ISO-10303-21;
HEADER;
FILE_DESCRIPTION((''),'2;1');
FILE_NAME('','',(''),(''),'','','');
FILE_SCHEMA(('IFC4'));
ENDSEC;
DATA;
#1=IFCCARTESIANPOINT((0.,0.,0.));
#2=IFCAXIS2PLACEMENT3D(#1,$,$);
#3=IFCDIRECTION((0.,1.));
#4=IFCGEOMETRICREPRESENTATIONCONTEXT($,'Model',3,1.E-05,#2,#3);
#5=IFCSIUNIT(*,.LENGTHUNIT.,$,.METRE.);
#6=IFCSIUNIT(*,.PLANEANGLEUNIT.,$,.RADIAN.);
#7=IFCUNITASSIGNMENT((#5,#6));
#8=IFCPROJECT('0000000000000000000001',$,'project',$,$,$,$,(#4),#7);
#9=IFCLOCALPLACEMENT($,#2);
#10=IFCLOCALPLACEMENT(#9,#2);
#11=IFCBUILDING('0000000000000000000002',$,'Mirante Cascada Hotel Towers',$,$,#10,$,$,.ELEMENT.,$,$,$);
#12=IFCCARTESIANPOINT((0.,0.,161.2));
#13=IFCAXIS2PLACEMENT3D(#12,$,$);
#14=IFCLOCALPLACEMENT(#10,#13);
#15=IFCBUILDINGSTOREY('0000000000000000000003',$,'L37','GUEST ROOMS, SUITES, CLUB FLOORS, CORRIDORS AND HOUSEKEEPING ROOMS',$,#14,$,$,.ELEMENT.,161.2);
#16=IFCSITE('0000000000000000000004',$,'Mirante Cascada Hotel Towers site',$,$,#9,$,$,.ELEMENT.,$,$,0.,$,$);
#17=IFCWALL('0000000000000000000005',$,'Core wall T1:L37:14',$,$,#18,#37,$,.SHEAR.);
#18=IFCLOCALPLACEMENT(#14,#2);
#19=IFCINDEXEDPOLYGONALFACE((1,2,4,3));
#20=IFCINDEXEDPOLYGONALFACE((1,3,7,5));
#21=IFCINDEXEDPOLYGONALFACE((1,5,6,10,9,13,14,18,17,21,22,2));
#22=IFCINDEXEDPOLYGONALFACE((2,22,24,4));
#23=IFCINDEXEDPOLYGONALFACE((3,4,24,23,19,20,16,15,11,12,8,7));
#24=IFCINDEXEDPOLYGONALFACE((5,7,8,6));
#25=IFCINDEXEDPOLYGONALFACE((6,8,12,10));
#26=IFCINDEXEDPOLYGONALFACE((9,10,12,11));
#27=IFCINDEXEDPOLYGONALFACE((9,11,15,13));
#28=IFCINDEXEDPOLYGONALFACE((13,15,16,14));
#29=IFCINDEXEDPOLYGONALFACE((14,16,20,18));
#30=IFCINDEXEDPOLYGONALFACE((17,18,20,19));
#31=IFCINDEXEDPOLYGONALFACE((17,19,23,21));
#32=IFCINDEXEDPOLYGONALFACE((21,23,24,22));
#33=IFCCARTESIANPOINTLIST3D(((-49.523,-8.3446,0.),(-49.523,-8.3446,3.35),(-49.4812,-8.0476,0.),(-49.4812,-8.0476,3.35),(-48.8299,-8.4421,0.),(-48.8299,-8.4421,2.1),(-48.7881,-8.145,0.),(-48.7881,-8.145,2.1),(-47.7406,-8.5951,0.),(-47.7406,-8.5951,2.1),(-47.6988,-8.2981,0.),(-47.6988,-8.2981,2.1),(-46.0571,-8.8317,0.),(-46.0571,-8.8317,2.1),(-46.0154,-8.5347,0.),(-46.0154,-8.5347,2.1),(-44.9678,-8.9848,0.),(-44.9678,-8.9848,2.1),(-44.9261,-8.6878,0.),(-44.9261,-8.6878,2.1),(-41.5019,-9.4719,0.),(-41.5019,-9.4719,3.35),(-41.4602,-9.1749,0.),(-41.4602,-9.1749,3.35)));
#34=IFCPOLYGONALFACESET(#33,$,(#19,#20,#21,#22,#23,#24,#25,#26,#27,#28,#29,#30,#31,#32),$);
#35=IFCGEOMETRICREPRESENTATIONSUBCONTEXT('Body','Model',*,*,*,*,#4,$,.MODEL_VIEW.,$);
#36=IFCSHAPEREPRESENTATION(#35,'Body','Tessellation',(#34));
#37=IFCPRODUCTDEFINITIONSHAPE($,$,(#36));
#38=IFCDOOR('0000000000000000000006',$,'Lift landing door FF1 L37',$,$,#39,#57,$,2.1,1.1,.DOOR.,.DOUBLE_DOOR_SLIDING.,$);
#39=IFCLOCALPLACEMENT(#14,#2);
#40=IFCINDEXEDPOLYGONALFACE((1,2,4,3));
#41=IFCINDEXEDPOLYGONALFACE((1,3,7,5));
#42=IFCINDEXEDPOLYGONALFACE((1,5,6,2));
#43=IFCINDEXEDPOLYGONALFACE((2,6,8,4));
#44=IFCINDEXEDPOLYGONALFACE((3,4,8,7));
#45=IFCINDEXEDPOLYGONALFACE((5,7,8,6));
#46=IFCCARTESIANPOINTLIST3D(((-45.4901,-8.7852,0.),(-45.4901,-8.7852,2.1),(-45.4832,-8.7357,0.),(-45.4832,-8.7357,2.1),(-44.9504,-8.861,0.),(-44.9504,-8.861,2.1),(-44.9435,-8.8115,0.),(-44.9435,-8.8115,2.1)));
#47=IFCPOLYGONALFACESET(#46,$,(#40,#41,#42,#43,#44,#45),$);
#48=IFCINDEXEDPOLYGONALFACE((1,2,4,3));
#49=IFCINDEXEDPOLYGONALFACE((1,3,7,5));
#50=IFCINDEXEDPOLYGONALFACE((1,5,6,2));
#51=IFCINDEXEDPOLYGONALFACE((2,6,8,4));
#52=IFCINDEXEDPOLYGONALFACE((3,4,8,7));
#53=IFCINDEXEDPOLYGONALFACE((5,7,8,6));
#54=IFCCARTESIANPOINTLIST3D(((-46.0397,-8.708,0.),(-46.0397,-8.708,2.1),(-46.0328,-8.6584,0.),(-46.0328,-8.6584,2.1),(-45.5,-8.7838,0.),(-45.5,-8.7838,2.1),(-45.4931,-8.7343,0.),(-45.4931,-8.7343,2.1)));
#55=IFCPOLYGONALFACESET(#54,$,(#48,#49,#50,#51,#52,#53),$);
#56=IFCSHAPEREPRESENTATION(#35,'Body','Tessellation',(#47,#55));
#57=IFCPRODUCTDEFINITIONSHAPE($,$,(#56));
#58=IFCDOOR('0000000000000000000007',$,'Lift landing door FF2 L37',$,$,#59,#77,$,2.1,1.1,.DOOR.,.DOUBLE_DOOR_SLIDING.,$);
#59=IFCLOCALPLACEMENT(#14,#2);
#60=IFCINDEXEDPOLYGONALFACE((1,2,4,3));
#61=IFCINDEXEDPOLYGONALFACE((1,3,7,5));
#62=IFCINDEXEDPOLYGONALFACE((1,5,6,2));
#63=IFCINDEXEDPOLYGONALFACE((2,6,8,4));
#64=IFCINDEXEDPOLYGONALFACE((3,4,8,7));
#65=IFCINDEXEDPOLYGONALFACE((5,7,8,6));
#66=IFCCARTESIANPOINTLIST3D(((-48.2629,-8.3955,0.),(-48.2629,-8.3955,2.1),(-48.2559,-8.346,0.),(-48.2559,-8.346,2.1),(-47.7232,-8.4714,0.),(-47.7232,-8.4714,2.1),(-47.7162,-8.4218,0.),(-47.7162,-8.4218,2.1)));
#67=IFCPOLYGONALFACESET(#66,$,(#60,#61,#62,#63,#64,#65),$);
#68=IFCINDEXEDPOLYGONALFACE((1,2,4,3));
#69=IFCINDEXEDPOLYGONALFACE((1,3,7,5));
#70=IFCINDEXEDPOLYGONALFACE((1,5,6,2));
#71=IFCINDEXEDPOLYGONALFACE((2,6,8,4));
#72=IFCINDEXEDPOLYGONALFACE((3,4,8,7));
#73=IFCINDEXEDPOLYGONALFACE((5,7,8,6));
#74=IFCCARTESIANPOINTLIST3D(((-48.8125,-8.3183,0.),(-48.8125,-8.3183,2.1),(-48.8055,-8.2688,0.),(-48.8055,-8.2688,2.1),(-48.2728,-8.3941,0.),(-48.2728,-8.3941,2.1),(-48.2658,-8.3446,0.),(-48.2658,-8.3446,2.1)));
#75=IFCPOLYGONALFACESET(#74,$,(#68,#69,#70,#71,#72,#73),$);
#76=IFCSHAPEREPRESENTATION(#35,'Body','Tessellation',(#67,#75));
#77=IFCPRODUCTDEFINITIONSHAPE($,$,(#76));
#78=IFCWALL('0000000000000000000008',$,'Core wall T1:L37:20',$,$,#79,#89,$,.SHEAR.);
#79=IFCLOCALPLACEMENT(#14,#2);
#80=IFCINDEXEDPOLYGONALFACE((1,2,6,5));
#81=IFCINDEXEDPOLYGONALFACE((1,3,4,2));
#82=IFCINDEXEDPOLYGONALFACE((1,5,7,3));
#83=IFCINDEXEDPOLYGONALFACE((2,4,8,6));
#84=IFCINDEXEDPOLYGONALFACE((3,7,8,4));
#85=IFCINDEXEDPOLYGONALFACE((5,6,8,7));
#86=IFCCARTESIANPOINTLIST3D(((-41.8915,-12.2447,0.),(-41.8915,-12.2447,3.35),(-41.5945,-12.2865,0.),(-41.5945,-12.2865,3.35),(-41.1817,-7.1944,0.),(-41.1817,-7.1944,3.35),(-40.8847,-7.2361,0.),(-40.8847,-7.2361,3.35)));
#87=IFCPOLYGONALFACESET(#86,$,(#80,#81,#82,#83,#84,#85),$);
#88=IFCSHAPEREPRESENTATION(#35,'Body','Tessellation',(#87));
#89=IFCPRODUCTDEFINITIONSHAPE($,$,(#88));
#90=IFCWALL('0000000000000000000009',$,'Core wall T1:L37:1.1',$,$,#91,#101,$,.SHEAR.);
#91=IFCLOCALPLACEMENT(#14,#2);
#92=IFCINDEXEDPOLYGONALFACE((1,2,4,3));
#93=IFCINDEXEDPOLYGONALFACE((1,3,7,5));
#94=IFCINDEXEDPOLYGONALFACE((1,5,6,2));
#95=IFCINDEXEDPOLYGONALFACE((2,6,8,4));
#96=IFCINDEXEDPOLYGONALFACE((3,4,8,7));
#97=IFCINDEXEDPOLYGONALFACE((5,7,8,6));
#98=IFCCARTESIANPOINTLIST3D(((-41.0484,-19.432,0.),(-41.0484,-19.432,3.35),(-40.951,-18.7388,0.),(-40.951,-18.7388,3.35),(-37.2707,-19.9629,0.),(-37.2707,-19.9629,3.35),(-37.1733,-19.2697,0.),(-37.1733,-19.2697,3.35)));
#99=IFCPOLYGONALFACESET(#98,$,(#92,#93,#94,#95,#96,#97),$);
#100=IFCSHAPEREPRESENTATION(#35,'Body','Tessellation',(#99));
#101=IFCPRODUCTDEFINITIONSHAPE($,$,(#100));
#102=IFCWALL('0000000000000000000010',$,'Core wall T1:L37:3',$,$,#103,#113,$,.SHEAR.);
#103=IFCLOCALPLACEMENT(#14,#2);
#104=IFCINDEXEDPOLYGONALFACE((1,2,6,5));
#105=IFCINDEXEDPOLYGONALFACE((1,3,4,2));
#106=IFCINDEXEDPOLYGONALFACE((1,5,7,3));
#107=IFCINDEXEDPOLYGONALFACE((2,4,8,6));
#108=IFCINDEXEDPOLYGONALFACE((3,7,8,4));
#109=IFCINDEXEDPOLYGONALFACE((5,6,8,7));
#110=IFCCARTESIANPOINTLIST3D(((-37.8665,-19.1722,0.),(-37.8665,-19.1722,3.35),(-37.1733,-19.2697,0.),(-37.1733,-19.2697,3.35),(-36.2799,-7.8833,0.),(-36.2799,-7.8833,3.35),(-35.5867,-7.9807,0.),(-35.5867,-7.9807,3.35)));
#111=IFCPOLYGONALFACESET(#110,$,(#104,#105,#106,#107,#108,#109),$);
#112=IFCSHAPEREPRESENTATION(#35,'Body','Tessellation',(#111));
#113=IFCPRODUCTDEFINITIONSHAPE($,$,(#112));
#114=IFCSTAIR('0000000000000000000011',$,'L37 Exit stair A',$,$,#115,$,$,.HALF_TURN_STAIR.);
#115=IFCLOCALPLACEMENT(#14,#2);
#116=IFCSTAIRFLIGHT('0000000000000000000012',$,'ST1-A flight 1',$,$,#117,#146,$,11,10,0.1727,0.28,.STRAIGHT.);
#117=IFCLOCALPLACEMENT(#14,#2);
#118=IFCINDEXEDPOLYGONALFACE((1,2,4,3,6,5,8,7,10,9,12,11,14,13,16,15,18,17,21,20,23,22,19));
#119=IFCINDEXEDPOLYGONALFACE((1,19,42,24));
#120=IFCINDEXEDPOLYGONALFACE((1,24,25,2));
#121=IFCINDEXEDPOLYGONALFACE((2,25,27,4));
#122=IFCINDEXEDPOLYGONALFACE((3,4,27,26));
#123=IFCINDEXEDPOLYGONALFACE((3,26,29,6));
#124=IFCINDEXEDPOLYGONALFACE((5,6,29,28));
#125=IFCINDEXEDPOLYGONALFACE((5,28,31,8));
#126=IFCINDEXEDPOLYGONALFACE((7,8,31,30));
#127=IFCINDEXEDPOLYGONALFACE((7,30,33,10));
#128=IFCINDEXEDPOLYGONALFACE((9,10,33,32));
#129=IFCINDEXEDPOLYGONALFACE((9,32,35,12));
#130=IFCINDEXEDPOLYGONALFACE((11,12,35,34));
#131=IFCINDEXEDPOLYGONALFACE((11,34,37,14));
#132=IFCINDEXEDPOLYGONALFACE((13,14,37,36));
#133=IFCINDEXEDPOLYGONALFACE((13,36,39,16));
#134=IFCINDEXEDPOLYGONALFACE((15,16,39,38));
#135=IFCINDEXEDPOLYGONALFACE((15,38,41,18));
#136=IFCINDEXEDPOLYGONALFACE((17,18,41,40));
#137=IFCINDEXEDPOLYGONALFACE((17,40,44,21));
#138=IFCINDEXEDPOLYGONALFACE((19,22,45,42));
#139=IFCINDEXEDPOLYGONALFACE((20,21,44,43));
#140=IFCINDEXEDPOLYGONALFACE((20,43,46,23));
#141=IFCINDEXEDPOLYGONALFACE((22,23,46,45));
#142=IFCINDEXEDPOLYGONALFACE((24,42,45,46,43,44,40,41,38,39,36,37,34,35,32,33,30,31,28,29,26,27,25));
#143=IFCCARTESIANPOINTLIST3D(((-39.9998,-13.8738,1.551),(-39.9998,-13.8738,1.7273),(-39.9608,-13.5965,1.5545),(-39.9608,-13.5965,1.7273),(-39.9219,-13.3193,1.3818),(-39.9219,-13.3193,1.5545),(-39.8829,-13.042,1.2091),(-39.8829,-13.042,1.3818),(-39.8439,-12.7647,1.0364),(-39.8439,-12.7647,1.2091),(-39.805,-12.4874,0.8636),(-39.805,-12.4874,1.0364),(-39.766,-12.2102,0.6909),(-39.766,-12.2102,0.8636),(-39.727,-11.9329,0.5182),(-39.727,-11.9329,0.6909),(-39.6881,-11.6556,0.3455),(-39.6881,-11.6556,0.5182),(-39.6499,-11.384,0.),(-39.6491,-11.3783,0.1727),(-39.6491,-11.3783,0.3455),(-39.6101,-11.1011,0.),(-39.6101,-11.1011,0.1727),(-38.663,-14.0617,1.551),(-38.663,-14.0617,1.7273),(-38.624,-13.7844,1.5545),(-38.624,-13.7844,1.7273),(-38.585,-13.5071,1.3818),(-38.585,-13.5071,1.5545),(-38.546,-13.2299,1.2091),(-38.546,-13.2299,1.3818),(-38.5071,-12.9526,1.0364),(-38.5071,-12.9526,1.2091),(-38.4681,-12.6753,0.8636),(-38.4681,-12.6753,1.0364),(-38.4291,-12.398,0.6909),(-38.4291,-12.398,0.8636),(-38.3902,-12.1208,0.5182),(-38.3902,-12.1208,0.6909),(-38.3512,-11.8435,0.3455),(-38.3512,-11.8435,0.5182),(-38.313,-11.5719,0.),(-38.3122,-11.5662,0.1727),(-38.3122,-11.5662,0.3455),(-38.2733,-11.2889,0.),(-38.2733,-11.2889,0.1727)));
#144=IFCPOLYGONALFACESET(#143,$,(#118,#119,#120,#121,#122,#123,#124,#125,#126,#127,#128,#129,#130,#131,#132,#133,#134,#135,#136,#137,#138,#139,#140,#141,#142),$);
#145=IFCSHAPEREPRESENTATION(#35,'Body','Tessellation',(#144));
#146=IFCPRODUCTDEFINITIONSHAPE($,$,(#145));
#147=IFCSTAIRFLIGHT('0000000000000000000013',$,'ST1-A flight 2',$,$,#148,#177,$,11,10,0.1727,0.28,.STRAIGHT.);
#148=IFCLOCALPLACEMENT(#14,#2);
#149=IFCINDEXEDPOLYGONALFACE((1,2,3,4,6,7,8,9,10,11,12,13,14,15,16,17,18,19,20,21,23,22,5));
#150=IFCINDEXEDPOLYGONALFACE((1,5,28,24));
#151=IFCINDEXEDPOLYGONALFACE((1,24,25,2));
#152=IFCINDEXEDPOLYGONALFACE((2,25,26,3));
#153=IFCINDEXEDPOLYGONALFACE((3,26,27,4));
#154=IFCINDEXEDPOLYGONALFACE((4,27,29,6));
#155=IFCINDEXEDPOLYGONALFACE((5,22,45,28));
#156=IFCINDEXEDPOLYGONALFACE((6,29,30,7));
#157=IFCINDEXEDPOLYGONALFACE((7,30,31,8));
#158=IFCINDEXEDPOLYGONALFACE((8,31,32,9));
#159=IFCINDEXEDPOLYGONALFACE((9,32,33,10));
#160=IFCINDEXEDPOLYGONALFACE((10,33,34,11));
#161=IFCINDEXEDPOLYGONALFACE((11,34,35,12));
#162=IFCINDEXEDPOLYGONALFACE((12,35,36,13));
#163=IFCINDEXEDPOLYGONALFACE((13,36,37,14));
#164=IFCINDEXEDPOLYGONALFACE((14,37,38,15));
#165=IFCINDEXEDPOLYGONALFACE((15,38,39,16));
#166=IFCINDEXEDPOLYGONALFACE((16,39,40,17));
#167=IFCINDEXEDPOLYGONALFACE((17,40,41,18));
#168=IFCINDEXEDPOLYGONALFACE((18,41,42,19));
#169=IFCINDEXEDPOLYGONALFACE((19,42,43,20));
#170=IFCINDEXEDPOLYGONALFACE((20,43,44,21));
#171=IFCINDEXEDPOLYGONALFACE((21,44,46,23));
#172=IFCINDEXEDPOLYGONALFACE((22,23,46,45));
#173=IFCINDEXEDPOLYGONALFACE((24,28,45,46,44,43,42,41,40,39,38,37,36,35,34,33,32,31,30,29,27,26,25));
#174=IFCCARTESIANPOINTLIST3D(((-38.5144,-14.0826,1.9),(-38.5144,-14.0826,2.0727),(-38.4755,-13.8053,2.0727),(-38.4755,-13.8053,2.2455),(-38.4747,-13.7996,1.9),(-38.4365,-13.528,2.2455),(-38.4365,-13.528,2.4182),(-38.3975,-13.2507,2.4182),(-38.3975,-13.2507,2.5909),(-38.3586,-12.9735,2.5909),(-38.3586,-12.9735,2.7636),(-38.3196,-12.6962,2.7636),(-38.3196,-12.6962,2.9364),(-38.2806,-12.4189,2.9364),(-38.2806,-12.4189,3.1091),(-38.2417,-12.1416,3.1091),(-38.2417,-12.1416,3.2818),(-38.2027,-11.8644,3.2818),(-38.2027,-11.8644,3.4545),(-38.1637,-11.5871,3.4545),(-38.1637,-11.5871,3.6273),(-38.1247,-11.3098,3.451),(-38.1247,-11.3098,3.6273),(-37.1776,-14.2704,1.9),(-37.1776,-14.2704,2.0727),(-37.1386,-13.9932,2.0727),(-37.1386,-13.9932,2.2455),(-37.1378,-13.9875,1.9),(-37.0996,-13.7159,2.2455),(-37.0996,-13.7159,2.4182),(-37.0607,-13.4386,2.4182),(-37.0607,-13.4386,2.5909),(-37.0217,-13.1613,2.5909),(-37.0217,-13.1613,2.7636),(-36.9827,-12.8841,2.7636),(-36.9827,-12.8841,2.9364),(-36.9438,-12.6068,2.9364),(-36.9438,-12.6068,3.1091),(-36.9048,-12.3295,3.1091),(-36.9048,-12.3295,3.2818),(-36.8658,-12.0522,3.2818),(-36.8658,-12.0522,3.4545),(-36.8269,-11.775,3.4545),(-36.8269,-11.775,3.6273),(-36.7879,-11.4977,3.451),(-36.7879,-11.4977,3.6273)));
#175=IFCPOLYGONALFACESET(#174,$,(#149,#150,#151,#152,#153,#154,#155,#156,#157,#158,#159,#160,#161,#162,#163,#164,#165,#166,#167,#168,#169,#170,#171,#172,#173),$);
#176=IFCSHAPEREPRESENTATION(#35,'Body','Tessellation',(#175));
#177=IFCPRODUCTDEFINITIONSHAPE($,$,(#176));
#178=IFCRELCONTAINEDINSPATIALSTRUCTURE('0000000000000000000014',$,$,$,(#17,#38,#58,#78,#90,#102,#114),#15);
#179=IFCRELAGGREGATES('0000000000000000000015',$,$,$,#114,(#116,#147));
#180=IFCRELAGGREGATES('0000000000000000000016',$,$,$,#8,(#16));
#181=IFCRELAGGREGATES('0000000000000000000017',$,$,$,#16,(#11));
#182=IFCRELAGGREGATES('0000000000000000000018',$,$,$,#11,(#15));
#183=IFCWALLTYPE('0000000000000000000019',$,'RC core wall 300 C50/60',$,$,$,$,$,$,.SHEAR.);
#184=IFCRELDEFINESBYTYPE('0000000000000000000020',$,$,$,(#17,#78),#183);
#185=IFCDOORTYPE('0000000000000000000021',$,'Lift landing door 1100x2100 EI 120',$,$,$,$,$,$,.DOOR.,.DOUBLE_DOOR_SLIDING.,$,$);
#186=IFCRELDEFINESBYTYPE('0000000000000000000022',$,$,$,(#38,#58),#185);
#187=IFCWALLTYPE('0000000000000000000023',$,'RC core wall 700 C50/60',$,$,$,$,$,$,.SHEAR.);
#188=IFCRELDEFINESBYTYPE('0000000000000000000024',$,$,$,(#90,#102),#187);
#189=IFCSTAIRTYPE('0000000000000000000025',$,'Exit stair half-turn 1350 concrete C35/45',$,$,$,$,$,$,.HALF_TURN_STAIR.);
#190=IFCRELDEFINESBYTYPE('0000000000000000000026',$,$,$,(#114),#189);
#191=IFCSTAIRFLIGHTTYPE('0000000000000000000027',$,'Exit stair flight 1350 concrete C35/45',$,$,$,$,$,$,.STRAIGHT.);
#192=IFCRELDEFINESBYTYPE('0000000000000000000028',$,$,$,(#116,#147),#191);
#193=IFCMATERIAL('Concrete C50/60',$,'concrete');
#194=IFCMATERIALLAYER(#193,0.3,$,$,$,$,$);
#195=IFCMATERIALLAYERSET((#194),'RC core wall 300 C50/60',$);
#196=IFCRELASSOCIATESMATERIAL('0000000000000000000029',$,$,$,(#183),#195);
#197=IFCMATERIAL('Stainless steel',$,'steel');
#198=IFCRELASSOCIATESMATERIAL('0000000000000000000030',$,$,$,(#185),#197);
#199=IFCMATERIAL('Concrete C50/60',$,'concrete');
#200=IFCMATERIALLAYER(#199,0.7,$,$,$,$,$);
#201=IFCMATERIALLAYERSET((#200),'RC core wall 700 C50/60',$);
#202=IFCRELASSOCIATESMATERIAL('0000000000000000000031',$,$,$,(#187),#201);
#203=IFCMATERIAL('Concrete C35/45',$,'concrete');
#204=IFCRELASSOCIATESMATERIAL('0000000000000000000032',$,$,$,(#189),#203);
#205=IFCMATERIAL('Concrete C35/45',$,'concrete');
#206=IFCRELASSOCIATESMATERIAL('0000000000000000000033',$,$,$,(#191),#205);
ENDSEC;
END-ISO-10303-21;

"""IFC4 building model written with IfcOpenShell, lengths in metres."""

from ifc_helpers import new_model, si_unit, direction, frame, frame_2d, origin, place, context, subcontext, project, spatial, polyline, rectangle, outline, extrude, material, layer, layer_set, type_object, element, fill, aggregate, save


model = new_model("IFC4")

# Units and contexts
model_context = context("Model", 3, precision=1e-05, world=origin(), true_north=direction((0.0, 1.0)))
body_context = subcontext(model_context, "Body", "Model", "MODEL_VIEW")
ifc_project = project(units=[si_unit("LENGTHUNIT", "METRE"), si_unit("PLANEANGLEUNIT", "RADIAN")], contexts=[model_context])

# Site, building, storey
site_placement = place(None, origin())
site = spatial("IfcSite", under=ifc_project, at=site_placement, Name="Mirante Cascada Hotel Towers site", CompositionType="ELEMENT", RefElevation=0.0)
building_placement = place(site_placement, origin())
building = spatial("IfcBuilding", under=site, at=building_placement, Name="Mirante Cascada Hotel Towers", CompositionType="ELEMENT")
storey_placement = place(building_placement, frame((0.0, 0.0, 161.2)))
storey = spatial("IfcBuildingStorey", under=building, at=storey_placement, Name="L37", Description="GUEST ROOMS, SUITES, CLUB FLOORS, CORRIDORS AND HOUSEKEEPING ROOMS", CompositionType="ELEMENT", Elevation=161.2)

# Shared definitions
ifc_material_1 = material(Name="Concrete C50/60", Category="concrete")
ifc_layer_1 = layer(ifc_material_1, 0.3)
ifc_layer_set_1 = layer_set([ifc_layer_1], Name="RC core wall 300 C50/60")
wall_type_1 = type_object("IfcWallType", Name="RC core wall 300 C50/60", PredefinedType="SHEAR", material=ifc_layer_set_1)

# Shared definitions
ifc_material_2 = material(Name="Stainless steel", Category="steel")
door_type_1 = type_object("IfcDoorType", Name="Lift landing door 1100x2100 EI 120", OperationType="DOUBLE_DOOR_SLIDING", PredefinedType="DOOR", material=ifc_material_2)

# Wall, openings, doors
wall_1_placement = place(storey_placement, frame((-41.481, -9.3234, 0.0), z_axis=(0.0, 0.0, 1.0), x_axis=(-0.990268, 0.139174, 0.0)))
wall_1 = element("IfcWall", 1, at=wall_1_placement, inside=storey, type_object=wall_type_1, Name="Core wall T1:L37:14", PredefinedType="SHEAR", context=body_context, shape_type="SweptSolid", body=[
    extrude(rectangle(XDim=8.0999, YDim=0.3, at=frame_2d((4.05, 0.0))), origin(), (0.0, 0.0, 1.0), 3.35),
])
opening_1_placement = place(wall_1_placement, frame((3.5, 0.0, 0.0)))
opening_1 = element("IfcOpeningElement", 2, at=opening_1_placement, cuts=wall_1, PredefinedType="OPENING", context=body_context, shape_type="SweptSolid", body=[
    extrude(rectangle(XDim=1.1, YDim=2.1, at=frame_2d((0.55, 1.05))), frame((0.0, 0.15, 0.0), z_axis=(0.0, -1.0, 0.0), x_axis=(1.0, 0.0, 0.0)), (0.0, 0.0, 1.0), 0.3),
])
opening_2_placement = place(wall_1_placement, frame((6.3, 0.0, 0.0)))
opening_2 = element("IfcOpeningElement", 3, at=opening_2_placement, cuts=wall_1, PredefinedType="OPENING", context=body_context, shape_type="SweptSolid", body=[
    extrude(rectangle(XDim=1.1, YDim=2.1, at=frame_2d((0.55, 1.05))), frame((0.0, 0.15, 0.0), z_axis=(0.0, -1.0, 0.0), x_axis=(1.0, 0.0, 0.0)), (0.0, 0.0, 1.0), 0.3),
])
door_1_placement = place(opening_1_placement, origin())
door_1 = element("IfcDoor", 4, at=door_1_placement, inside=storey, type_object=door_type_1, Name="Lift landing door FF1 L37", OperationType="DOUBLE_DOOR_SLIDING", OverallHeight=2.1, OverallWidth=1.1, PredefinedType="DOOR", context=body_context, shape_type="SweptSolid", body=[
    extrude(rectangle(XDim=0.545, YDim=2.1, at=frame_2d((0.2725, 1.05))), frame((0.0, 0.025, 0.0), z_axis=(0.0, -1.0, 0.0), x_axis=(1.0, 0.0, 0.0)), (0.0, 0.0, 1.0), 0.05),
    extrude(rectangle(XDim=0.545, YDim=2.1, at=frame_2d((0.8275, 1.05))), frame((0.0, 0.025, 0.0), z_axis=(0.0, -1.0, 0.0), x_axis=(1.0, 0.0, 0.0)), (0.0, 0.0, 1.0), 0.05),
])
fill(opening_1, door_1)
door_2_placement = place(opening_2_placement, origin())
door_2 = element("IfcDoor", 5, at=door_2_placement, inside=storey, type_object=door_type_1, Name="Lift landing door FF2 L37", OperationType="DOUBLE_DOOR_SLIDING", OverallHeight=2.1, OverallWidth=1.1, PredefinedType="DOOR", context=body_context, shape_type="SweptSolid", body=[
    extrude(rectangle(XDim=0.545, YDim=2.1, at=frame_2d((0.2725, 1.05))), frame((0.0, 0.025, 0.0), z_axis=(0.0, -1.0, 0.0), x_axis=(1.0, 0.0, 0.0)), (0.0, 0.0, 1.0), 0.05),
    extrude(rectangle(XDim=0.545, YDim=2.1, at=frame_2d((0.8275, 1.05))), frame((0.0, 0.025, 0.0), z_axis=(0.0, -1.0, 0.0), x_axis=(1.0, 0.0, 0.0)), (0.0, 0.0, 1.0), 0.05),
])
fill(opening_2, door_2)

# Walls
wall_2_placement = place(storey_placement, frame((-41.743, -12.2656, 0.0), z_axis=(0.0, 0.0, 1.0), x_axis=(0.139176, 0.990268, 0.0)))
element("IfcWall", 6, at=wall_2_placement, inside=storey, type_object=wall_type_1, Name="Core wall T1:L37:20", PredefinedType="SHEAR", context=body_context, shape_type="SweptSolid", body=[
    extrude(rectangle(XDim=5.1, YDim=0.3, at=frame_2d((2.55, 0.0))), origin(), (0.0, 0.0, 1.0), 3.35),
])
ifc_material_3 = material(Name="Concrete C50/60", Category="concrete")
ifc_layer_2 = layer(ifc_material_3, 0.7)
ifc_layer_set_2 = layer_set([ifc_layer_2], Name="RC core wall 700 C50/60")
wall_type_2 = type_object("IfcWallType", Name="RC core wall 700 C50/60", PredefinedType="SHEAR", material=ifc_layer_set_2)
wall_3_placement = place(storey_placement, frame((-37.222, -19.6163, 0.0), z_axis=(0.0, 0.0, 1.0), x_axis=(-0.990269, 0.139168, 0.0)))
element("IfcWall", 7, at=wall_3_placement, inside=storey, type_object=wall_type_2, Name="Core wall T1:L37:1.1", PredefinedType="SHEAR", context=body_context, shape_type="SweptSolid", body=[
    extrude(rectangle(XDim=3.8148, YDim=0.7, at=frame_2d((1.9074, 0.0))), origin(), (0.0, 0.0, 1.0), 3.35),
])
wall_4_placement = place(storey_placement, frame((-37.5199, -19.221, 0.0), z_axis=(0.0, 0.0, 1.0), x_axis=(0.139176, 0.990268, 0.0)))
element("IfcWall", 8, at=wall_4_placement, inside=storey, type_object=wall_type_2, Name="Core wall T1:L37:3", PredefinedType="SHEAR", context=body_context, shape_type="SweptSolid", body=[
    extrude(rectangle(XDim=11.3999, YDim=0.7, at=frame_2d((5.7, 0.0))), origin(), (0.0, 0.0, 1.0), 3.35),
])

# Stair, stair flights
ifc_material_4 = material(Name="Concrete C35/45", Category="concrete")
stair_type = type_object("IfcStairType", Name="Exit stair half-turn 1350 concrete C35/45", PredefinedType="HALF_TURN_STAIR", material=ifc_material_4)
stair_placement = place(storey_placement, origin())
stair = element("IfcStair", 9, at=stair_placement, inside=storey, type_object=stair_type, Name="L37 Exit stair A", PredefinedType="HALF_TURN_STAIR")
ifc_material_5 = material(Name="Concrete C35/45", Category="concrete")
stair_flight_type = type_object("IfcStairFlightType", Name="Exit stair flight 1350 concrete C35/45", PredefinedType="STRAIGHT", material=ifc_material_5)
stair_flight_1_placement = place(storey_placement, frame((-38.9417, -11.195, 0.0), z_axis=(0.0, 0.0, 1.0), x_axis=(-0.139173, -0.990268, 0.0)))
stair_flight_1 = element("IfcStairFlight", 10, at=stair_flight_1_placement, type_object=stair_flight_type, Name="ST1-A flight 1", NumberOfRisers=11, NumberOfTreads=10, PredefinedType="STRAIGHT", RiserHeight=0.1727, TreadLength=0.28, context=body_context, shape_type="SweptSolid", body=[
    extrude(outline(polyline([(0.0, 0.0), (0.0, 0.1727), (0.28, 0.1727), (0.28, 0.3455), (0.56, 0.3455), (0.56, 0.5182), (0.84, 0.5182), (0.84, 0.6909), (1.12, 0.6909), (1.12, 0.8636), (1.4, 0.8636), (1.4, 1.0364), (1.68, 1.0364), (1.68, 1.2091), (1.96, 1.2091), (1.96, 1.3818), (2.24, 1.3818), (2.24, 1.5545), (2.52, 1.5545), (2.52, 1.7273), (2.8, 1.7273), (2.8, 1.9), (2.8, 1.551), (0.2857, 0.0), (0.0, 0.0)])), frame((0.0, 0.675, 0.0), z_axis=(0.0, -1.0, 0.0), x_axis=(1.0, 0.0, 0.0)), (0.0, 0.0, 1.0), 1.35),
])
stair_flight_2_placement = place(storey_placement, frame((-37.846, -14.1765, 1.9), z_axis=(0.0, 0.0, 1.0), x_axis=(0.139173, 0.990268, 0.0)))
stair_flight_2 = element("IfcStairFlight", 11, at=stair_flight_2_placement, type_object=stair_flight_type, Name="ST1-A flight 2", NumberOfRisers=11, NumberOfTreads=10, PredefinedType="STRAIGHT", RiserHeight=0.1727, TreadLength=0.28, context=body_context, shape_type="SweptSolid", body=[
    extrude(outline(polyline([(0.0, 0.0), (0.0, 0.1727), (0.28, 0.1727), (0.28, 0.3455), (0.56, 0.3455), (0.56, 0.5182), (0.84, 0.5182), (0.84, 0.6909), (1.12, 0.6909), (1.12, 0.8636), (1.4, 0.8636), (1.4, 1.0364), (1.68, 1.0364), (1.68, 1.2091), (1.96, 1.2091), (1.96, 1.3818), (2.24, 1.3818), (2.24, 1.5545), (2.52, 1.5545), (2.52, 1.7273), (2.8, 1.7273), (2.8, 1.9), (2.8, 1.551), (0.2857, 0.0), (0.0, 0.0)])), frame((0.0, 0.675, 0.0), z_axis=(0.0, -1.0, 0.0), x_axis=(1.0, 0.0, 0.0)), (0.0, 0.0, 1.0), 1.35),
])
aggregate(stair, [stair_flight_1, stair_flight_2])

save(model, "model.ifc")
